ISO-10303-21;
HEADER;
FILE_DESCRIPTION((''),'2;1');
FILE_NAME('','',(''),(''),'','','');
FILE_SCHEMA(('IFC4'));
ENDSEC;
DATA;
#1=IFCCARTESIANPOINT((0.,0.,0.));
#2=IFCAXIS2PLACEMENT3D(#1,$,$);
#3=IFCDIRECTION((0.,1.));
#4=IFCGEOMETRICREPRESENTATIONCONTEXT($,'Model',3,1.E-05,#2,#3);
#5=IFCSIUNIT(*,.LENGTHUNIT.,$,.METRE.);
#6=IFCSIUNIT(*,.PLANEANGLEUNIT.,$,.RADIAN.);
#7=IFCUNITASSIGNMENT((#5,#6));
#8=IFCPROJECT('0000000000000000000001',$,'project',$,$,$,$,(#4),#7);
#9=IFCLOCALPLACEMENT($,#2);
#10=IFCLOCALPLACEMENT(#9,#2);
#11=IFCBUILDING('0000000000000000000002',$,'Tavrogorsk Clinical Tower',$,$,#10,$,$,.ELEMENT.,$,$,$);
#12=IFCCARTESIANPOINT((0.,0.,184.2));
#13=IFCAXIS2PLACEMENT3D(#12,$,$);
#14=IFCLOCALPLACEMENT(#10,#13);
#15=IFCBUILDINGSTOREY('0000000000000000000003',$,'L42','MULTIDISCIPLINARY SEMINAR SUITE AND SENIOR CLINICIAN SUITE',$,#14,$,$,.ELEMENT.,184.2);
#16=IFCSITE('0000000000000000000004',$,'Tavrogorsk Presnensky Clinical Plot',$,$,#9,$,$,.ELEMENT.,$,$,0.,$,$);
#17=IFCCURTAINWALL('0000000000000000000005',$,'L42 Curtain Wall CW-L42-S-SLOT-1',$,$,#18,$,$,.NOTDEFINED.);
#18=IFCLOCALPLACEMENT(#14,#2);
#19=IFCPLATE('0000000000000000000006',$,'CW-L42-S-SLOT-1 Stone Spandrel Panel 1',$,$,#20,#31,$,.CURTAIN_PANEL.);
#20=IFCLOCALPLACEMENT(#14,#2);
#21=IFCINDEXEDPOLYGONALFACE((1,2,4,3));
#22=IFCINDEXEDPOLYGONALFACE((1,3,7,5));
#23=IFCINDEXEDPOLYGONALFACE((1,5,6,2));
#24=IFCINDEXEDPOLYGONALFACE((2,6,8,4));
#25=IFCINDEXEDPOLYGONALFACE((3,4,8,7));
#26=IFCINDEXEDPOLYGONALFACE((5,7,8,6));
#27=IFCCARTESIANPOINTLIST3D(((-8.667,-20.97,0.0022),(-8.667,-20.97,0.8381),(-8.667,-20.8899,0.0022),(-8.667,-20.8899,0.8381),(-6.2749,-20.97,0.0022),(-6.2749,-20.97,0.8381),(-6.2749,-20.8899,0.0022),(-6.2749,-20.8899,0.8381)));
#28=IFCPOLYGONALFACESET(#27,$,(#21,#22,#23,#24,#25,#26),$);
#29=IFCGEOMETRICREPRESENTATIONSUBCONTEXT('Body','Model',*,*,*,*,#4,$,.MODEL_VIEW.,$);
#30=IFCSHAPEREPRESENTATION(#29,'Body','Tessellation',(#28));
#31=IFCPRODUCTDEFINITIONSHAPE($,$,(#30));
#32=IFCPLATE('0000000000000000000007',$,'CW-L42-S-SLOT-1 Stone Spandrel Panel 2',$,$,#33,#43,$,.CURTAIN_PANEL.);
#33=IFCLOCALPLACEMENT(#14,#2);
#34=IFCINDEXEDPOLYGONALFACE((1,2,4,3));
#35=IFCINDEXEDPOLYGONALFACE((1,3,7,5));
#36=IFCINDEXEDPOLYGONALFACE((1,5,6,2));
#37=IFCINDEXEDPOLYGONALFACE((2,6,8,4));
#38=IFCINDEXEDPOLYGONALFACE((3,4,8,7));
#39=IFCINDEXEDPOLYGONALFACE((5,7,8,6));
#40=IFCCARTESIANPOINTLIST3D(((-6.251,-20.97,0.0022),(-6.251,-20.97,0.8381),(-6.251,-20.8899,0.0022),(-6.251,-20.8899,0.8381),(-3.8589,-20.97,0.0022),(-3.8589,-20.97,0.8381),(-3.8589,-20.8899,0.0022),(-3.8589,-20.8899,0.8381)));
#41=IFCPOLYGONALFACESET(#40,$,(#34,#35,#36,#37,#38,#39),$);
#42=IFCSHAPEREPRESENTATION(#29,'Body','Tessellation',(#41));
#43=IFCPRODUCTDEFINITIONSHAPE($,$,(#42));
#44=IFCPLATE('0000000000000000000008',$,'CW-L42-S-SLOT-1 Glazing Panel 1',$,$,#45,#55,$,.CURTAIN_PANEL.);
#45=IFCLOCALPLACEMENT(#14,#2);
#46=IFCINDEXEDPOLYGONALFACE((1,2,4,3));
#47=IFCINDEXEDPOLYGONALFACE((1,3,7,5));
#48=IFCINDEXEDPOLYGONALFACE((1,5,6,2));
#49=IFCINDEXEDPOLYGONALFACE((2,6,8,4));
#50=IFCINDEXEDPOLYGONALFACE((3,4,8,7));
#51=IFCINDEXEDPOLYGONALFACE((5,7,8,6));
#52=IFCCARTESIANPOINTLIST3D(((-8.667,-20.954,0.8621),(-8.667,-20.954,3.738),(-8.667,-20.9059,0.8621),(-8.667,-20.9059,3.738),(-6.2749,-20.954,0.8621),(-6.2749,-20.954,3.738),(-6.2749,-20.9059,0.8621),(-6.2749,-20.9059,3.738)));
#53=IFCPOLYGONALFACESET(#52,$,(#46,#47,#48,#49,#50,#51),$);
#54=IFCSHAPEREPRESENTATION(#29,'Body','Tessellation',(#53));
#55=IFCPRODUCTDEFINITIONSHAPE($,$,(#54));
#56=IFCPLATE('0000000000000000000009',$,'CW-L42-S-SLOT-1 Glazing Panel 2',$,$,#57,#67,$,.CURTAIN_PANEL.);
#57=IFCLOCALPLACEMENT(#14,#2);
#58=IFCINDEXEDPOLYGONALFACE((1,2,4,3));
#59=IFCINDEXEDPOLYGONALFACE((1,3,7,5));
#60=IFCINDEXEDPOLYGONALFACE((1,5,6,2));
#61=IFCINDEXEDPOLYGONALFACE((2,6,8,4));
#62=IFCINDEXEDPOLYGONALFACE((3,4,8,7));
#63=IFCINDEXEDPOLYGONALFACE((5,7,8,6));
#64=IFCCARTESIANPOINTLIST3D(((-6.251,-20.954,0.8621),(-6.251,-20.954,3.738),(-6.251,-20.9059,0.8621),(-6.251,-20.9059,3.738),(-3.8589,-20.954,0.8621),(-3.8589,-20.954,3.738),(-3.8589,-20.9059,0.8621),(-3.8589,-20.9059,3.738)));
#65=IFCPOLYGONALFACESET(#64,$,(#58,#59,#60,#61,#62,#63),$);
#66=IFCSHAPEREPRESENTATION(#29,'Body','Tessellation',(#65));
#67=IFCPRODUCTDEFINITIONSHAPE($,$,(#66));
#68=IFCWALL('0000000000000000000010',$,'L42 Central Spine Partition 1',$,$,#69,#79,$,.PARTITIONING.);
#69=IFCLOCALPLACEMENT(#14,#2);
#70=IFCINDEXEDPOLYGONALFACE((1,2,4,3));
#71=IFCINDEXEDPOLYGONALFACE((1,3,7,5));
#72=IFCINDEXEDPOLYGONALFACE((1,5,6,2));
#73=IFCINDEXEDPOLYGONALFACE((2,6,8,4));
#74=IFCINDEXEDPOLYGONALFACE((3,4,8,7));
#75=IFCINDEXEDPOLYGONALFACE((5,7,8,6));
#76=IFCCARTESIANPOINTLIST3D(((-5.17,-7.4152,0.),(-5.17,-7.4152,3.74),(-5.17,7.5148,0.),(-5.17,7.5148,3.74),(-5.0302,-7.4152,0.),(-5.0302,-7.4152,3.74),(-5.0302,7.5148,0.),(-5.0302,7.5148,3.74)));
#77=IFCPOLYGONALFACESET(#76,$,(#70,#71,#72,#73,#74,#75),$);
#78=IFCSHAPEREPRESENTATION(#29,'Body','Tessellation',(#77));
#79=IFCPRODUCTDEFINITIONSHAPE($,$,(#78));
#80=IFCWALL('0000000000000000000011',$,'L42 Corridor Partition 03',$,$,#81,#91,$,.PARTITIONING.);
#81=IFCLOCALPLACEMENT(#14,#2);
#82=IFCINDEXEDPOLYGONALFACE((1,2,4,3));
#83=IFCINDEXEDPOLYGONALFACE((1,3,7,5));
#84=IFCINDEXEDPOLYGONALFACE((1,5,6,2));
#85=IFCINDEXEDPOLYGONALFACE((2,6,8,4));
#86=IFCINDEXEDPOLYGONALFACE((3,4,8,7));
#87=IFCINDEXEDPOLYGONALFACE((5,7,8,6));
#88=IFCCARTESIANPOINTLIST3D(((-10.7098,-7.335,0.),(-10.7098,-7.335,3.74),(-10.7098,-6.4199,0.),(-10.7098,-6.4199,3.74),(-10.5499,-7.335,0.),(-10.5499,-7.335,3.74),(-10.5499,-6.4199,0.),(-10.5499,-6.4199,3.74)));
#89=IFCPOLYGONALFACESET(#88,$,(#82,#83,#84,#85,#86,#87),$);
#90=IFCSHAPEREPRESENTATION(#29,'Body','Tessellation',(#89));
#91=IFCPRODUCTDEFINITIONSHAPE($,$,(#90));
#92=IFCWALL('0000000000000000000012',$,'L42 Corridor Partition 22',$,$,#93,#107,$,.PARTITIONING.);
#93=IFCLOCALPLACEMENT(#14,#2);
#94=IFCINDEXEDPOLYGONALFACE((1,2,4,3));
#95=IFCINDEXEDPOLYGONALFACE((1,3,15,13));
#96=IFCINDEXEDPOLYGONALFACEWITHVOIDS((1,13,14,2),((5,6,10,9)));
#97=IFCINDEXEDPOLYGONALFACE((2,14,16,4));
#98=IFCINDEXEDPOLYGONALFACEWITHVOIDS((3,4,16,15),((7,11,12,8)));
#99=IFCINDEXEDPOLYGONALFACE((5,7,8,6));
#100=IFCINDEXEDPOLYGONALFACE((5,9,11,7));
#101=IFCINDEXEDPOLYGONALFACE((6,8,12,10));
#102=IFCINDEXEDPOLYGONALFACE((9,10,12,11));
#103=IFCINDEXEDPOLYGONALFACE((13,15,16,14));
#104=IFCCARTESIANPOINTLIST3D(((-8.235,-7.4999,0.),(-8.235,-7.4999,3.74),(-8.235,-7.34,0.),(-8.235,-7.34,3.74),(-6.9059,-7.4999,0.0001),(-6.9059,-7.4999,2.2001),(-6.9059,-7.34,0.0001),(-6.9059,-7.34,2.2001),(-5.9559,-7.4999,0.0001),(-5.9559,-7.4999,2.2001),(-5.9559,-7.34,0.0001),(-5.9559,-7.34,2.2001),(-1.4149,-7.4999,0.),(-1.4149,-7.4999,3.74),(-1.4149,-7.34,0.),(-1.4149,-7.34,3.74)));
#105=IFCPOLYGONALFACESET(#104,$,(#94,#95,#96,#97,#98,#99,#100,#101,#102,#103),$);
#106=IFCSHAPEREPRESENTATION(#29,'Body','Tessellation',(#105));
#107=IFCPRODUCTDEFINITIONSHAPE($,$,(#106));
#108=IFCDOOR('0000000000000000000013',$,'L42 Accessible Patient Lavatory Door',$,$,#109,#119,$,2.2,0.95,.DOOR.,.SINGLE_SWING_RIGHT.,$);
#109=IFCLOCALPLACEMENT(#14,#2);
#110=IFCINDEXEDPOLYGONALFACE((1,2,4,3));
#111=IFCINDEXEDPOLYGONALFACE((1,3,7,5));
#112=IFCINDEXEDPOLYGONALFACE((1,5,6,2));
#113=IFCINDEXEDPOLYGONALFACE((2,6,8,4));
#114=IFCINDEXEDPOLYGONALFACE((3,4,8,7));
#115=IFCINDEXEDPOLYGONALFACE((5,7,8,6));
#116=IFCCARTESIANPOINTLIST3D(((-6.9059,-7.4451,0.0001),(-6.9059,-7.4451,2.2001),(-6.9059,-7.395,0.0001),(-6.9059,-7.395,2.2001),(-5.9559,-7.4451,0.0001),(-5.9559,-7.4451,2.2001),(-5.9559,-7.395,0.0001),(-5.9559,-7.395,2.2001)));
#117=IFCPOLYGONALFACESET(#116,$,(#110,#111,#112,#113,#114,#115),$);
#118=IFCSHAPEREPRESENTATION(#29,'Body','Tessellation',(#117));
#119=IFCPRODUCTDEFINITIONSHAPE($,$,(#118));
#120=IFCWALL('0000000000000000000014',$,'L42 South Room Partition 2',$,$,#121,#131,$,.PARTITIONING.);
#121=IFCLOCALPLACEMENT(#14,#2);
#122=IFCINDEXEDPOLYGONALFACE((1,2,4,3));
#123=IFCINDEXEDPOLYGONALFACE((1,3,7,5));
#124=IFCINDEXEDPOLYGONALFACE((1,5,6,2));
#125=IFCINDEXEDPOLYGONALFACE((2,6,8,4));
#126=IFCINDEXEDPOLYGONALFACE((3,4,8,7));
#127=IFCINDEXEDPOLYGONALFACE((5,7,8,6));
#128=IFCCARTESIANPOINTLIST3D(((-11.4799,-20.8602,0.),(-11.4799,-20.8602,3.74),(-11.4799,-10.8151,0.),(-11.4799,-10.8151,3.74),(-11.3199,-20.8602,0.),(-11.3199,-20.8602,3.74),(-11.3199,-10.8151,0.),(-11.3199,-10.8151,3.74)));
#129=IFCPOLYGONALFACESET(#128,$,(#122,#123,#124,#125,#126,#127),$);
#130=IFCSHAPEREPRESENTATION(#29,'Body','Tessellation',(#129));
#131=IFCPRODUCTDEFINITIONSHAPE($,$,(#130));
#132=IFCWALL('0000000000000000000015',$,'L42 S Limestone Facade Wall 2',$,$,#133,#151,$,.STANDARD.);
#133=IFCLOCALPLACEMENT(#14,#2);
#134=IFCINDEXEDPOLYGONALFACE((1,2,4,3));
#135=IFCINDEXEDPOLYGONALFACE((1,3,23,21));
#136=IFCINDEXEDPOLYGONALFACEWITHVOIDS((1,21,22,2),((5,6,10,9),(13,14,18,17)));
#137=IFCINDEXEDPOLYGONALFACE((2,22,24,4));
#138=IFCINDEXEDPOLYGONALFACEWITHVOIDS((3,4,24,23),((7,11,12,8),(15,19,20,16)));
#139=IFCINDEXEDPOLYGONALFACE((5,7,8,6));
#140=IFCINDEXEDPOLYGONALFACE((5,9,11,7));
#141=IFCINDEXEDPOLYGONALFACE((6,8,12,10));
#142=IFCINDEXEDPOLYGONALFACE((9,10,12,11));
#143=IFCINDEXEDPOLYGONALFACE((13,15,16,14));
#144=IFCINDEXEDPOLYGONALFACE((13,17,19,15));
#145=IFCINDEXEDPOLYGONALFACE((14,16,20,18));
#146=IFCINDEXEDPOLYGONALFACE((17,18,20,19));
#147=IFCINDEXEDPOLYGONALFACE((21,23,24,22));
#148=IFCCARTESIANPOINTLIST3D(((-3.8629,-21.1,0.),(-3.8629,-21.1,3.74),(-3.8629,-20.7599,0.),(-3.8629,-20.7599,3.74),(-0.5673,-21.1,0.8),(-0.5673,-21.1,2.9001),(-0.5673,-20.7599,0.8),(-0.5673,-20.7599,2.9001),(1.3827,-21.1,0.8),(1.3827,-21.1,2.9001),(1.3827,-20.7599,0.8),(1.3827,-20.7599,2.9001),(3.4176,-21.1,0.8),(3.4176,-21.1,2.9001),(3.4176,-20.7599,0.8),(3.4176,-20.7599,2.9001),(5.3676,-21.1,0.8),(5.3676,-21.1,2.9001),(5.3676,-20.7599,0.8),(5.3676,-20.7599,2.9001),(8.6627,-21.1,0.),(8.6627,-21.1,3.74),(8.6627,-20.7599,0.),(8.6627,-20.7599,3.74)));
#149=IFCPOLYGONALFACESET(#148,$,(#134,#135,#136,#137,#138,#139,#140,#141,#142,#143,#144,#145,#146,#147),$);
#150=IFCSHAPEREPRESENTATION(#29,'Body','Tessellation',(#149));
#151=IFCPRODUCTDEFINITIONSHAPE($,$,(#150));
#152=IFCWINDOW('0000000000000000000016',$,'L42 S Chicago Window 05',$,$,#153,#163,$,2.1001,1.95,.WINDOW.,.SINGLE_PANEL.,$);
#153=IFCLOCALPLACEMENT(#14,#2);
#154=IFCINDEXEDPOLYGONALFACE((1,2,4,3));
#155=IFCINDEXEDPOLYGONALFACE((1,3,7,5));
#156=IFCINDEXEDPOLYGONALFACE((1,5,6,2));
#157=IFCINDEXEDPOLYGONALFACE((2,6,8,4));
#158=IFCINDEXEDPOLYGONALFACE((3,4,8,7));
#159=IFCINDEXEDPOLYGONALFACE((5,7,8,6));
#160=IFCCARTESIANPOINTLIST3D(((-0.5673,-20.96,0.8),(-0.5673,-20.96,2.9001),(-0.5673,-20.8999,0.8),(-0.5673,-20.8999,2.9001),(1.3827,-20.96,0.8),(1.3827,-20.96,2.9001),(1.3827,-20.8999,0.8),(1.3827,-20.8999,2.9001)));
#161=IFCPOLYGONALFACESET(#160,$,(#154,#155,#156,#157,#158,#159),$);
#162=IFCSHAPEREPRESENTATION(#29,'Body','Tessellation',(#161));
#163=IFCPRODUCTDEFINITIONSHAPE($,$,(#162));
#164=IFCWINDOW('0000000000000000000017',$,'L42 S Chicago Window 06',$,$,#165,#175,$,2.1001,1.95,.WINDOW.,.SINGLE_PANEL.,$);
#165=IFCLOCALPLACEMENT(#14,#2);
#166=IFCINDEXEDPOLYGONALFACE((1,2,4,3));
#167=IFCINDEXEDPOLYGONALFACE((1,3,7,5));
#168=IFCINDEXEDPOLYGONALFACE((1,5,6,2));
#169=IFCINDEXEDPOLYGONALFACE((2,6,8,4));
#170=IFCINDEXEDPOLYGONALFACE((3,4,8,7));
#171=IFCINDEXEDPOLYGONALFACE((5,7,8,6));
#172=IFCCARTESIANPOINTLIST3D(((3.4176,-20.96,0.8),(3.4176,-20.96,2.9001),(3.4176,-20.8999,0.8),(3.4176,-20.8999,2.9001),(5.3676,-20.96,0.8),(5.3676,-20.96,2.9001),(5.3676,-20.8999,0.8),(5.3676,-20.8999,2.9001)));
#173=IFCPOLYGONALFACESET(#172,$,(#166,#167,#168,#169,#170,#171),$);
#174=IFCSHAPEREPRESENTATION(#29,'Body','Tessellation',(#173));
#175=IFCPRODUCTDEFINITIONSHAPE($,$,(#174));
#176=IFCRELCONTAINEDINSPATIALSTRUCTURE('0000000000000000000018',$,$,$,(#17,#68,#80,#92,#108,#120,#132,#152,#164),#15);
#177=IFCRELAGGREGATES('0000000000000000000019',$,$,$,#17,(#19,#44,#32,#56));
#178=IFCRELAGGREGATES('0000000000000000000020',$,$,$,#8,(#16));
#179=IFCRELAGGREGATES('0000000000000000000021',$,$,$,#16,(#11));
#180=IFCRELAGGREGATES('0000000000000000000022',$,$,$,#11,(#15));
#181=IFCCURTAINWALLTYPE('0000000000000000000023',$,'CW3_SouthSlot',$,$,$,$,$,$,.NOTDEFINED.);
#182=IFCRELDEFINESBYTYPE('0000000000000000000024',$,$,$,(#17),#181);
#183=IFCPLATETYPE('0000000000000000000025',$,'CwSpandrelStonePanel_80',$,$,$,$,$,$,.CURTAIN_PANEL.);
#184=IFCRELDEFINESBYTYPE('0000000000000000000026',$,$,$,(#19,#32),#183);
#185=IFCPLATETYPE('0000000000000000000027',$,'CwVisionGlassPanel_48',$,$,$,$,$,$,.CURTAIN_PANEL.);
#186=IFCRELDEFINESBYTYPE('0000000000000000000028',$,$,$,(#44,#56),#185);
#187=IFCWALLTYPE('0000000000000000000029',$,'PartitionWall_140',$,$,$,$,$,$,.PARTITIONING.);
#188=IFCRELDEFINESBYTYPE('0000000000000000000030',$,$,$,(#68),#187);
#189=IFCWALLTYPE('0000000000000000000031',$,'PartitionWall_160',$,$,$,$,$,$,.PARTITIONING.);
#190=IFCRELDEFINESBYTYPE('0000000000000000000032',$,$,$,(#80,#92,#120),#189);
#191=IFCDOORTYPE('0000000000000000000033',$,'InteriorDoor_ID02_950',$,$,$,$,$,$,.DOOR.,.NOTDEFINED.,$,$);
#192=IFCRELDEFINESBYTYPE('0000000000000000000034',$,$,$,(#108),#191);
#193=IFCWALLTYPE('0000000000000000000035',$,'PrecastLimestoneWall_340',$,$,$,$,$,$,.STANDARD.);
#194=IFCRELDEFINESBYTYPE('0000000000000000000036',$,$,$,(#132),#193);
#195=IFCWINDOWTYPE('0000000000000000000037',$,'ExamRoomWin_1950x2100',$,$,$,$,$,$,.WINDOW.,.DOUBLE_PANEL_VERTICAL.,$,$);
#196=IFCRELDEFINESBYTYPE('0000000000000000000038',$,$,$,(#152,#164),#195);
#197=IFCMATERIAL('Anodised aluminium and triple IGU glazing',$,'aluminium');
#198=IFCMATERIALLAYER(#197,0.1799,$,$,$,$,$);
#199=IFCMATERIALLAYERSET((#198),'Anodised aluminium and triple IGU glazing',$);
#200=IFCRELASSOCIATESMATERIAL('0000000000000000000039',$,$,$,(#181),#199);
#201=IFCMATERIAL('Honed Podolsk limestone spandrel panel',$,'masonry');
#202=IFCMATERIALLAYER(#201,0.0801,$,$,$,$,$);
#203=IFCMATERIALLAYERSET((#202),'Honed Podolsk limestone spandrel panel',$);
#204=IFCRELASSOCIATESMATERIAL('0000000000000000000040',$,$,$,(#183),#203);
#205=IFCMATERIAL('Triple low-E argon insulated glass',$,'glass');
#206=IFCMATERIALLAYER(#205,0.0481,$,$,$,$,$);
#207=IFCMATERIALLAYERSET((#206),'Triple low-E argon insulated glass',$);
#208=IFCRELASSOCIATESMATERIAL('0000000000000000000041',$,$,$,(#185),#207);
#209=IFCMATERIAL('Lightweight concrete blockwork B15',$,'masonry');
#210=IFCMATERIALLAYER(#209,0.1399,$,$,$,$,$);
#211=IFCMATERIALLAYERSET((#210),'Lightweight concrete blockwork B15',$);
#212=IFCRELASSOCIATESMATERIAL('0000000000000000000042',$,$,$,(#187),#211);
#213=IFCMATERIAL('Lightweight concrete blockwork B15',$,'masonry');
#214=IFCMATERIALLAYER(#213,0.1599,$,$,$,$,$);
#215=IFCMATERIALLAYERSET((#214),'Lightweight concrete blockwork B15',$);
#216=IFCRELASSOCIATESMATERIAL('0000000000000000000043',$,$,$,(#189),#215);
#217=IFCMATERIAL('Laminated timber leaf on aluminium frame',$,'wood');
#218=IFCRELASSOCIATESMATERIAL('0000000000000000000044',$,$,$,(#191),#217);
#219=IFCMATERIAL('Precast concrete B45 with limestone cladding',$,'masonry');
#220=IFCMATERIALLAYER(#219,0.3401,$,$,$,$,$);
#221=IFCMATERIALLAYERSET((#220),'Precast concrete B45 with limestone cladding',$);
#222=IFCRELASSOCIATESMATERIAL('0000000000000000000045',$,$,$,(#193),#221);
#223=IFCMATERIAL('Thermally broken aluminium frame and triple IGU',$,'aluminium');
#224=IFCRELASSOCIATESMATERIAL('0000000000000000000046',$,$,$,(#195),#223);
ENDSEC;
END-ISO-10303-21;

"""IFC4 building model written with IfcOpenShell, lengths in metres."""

from ifc_helpers import new_model, si_unit, direction, frame, frame_2d, origin, origin_2d, place, context, subcontext, project, spatial, rectangle, extrude, material, layer, layer_set, type_object, element, fill, aggregate, save


model = new_model("IFC4")

# Units and contexts
model_context = context("Model", 3, precision=1e-05, world=origin(), true_north=direction((0.0, 1.0)))
body_context = subcontext(model_context, "Body", "Model", "MODEL_VIEW")
ifc_project = project(units=[si_unit("LENGTHUNIT", "METRE"), si_unit("PLANEANGLEUNIT", "RADIAN")], contexts=[model_context])

# Site, building, storey
site_placement = place(None, origin())
site = spatial("IfcSite", under=ifc_project, at=site_placement, Name="Tavrogorsk Presnensky Clinical Plot", CompositionType="ELEMENT", RefElevation=0.0)
building_placement = place(site_placement, origin())
building = spatial("IfcBuilding", under=site, at=building_placement, Name="Tavrogorsk Clinical Tower", CompositionType="ELEMENT")
storey_placement = place(building_placement, frame((0.0, 0.0, 184.2)))
storey = spatial("IfcBuildingStorey", under=building, at=storey_placement, Name="L42", Description="MULTIDISCIPLINARY SEMINAR SUITE AND SENIOR CLINICIAN SUITE", CompositionType="ELEMENT", Elevation=184.2)

# Curtain wall
ifc_material_1 = material(Name="Anodised aluminium and triple IGU glazing", Category="aluminium")
ifc_layer_1 = layer(ifc_material_1, 0.1799)
ifc_layer_set_1 = layer_set([ifc_layer_1], Name="Anodised aluminium and triple IGU glazing")
curtain_wall_type = type_object("IfcCurtainWallType", Name="CW3_SouthSlot", PredefinedType="NOTDEFINED", material=ifc_layer_set_1)
curtain_wall_placement = place(storey_placement, origin())
curtain_wall = element("IfcCurtainWall", 1, at=curtain_wall_placement, inside=storey, type_object=curtain_wall_type, Name="L42 Curtain Wall CW-L42-S-SLOT-1", PredefinedType="NOTDEFINED")

# Plates
ifc_material_2 = material(Name="Honed Podolsk limestone spandrel panel", Category="masonry")
ifc_layer_2 = layer(ifc_material_2, 0.0801)
ifc_layer_set_2 = layer_set([ifc_layer_2], Name="Honed Podolsk limestone spandrel panel")
plate_type_1 = type_object("IfcPlateType", Name="CwSpandrelStonePanel_80", PredefinedType="CURTAIN_PANEL", material=ifc_layer_set_2)
plate_1_placement = place(storey_placement, frame((-7.4709, -20.9299, 0.0022), z_axis=(0.0, 0.0, 1.0), x_axis=(1.0, 0.0, 0.0)))
plate_1 = element("IfcPlate", 2, at=plate_1_placement, type_object=plate_type_1, Name="CW-L42-S-SLOT-1 Stone Spandrel Panel 1", PredefinedType="CURTAIN_PANEL", context=body_context, shape_type="SweptSolid", body=[
    extrude(rectangle(XDim=2.3921, YDim=0.0801, at=origin_2d()), origin(), (0.0, 0.0, 1.0), 0.8359),
])
plate_2_placement = place(storey_placement, frame((-5.0549, -20.9299, 0.0022), z_axis=(0.0, 0.0, 1.0), x_axis=(1.0, 0.0, 0.0)))
plate_2 = element("IfcPlate", 3, at=plate_2_placement, type_object=plate_type_1, Name="CW-L42-S-SLOT-1 Stone Spandrel Panel 2", PredefinedType="CURTAIN_PANEL", context=body_context, shape_type="SweptSolid", body=[
    extrude(rectangle(XDim=2.3921, YDim=0.0801, at=origin_2d()), origin(), (0.0, 0.0, 1.0), 0.8359),
])
ifc_material_3 = material(Name="Triple low-E argon insulated glass", Category="glass")
ifc_layer_3 = layer(ifc_material_3, 0.0481)
ifc_layer_set_3 = layer_set([ifc_layer_3], Name="Triple low-E argon insulated glass")
plate_type_2 = type_object("IfcPlateType", Name="CwVisionGlassPanel_48", PredefinedType="CURTAIN_PANEL", material=ifc_layer_set_3)
plate_3_placement = place(storey_placement, frame((-7.4709, -20.9299, 0.8621), z_axis=(0.0, 0.0, 1.0), x_axis=(1.0, 0.0, 0.0)))
plate_3 = element("IfcPlate", 4, at=plate_3_placement, type_object=plate_type_2, Name="CW-L42-S-SLOT-1 Glazing Panel 1", PredefinedType="CURTAIN_PANEL", context=body_context, shape_type="SweptSolid", body=[
    extrude(rectangle(XDim=2.3921, YDim=0.0481, at=origin_2d()), origin(), (0.0, 0.0, 1.0), 2.876),
])
plate_4_placement = place(storey_placement, frame((-5.0549, -20.9299, 0.8621), z_axis=(0.0, 0.0, 1.0), x_axis=(1.0, 0.0, 0.0)))
plate_4 = element("IfcPlate", 5, at=plate_4_placement, type_object=plate_type_2, Name="CW-L42-S-SLOT-1 Glazing Panel 2", PredefinedType="CURTAIN_PANEL", context=body_context, shape_type="SweptSolid", body=[
    extrude(rectangle(XDim=2.3921, YDim=0.0481, at=origin_2d()), origin(), (0.0, 0.0, 1.0), 2.876),
])
aggregate(curtain_wall, [plate_1, plate_3, plate_2, plate_4])

# Walls
ifc_material_4 = material(Name="Lightweight concrete blockwork B15", Category="masonry")
ifc_layer_4 = layer(ifc_material_4, 0.1399)
ifc_layer_set_4 = layer_set([ifc_layer_4], Name="Lightweight concrete blockwork B15")
wall_type_1 = type_object("IfcWallType", Name="PartitionWall_140", PredefinedType="PARTITIONING", material=ifc_layer_set_4)
wall_1_placement = place(storey_placement, frame((-5.1001, -7.415, 0.0), z_axis=(0.0, 0.0, 1.0), x_axis=(0.0, 1.0, 0.0)))
element("IfcWall", 6, at=wall_1_placement, inside=storey, type_object=wall_type_1, Name="L42 Central Spine Partition 1", PredefinedType="PARTITIONING", context=body_context, shape_type="SweptSolid", body=[
    extrude(rectangle(XDim=14.9299, YDim=0.1399, at=frame_2d((7.4648, 0.0))), origin(), (0.0, 0.0, 1.0), 3.74),
])
ifc_material_5 = material(Name="Lightweight concrete blockwork B15", Category="masonry")
ifc_layer_5 = layer(ifc_material_5, 0.1599)
ifc_layer_set_5 = layer_set([ifc_layer_5], Name="Lightweight concrete blockwork B15")
wall_type_2 = type_object("IfcWallType", Name="PartitionWall_160", PredefinedType="PARTITIONING", material=ifc_layer_set_5)
wall_2_placement = place(storey_placement, frame((-10.6299, -7.335, 0.0), z_axis=(0.0, 0.0, 1.0), x_axis=(0.0, 1.0, 0.0)))
element("IfcWall", 7, at=wall_2_placement, inside=storey, type_object=wall_type_2, Name="L42 Corridor Partition 03", PredefinedType="PARTITIONING", context=body_context, shape_type="SweptSolid", body=[
    extrude(rectangle(XDim=0.915, YDim=0.1599, at=frame_2d((0.4575, 0.0))), origin(), (0.0, 0.0, 1.0), 3.74),
])

# Wall, opening, door
wall_3_placement = place(storey_placement, frame((-8.2351, -7.4199, 0.0), z_axis=(0.0, 0.0, 1.0), x_axis=(1.0, 0.0, 0.0)))
wall_3 = element("IfcWall", 8, at=wall_3_placement, inside=storey, type_object=wall_type_2, Name="L42 Corridor Partition 22", PredefinedType="PARTITIONING", context=body_context, shape_type="SweptSolid", body=[
    extrude(rectangle(XDim=6.8201, YDim=0.1599, at=frame_2d((3.4102, 0.0))), origin(), (0.0, 0.0, 1.0), 3.74),
])
opening_1_placement = place(wall_3_placement, frame((1.3291, 0.0, 0.0)))
opening_1 = element("IfcOpeningElement", 9, at=opening_1_placement, cuts=wall_3, PredefinedType="OPENING", context=body_context, shape_type="SweptSolid", body=[
    extrude(rectangle(XDim=0.95, YDim=2.2, at=frame_2d((0.4751, 1.1001))), frame((0.0, 0.0898, 0.0), z_axis=(0.0, -1.0, 0.0), x_axis=(1.0, 0.0, 0.0)), (0.0, 0.0, 1.0), 0.1799),
])
ifc_material_6 = material(Name="Laminated timber leaf on aluminium frame", Category="wood")
door_type = type_object("IfcDoorType", Name="InteriorDoor_ID02_950", OperationType="NOTDEFINED", PredefinedType="DOOR", material=ifc_material_6)
door_placement = place(opening_1_placement, origin())
door = element("IfcDoor", 10, at=door_placement, inside=storey, type_object=door_type, Name="L42 Accessible Patient Lavatory Door", OperationType="SINGLE_SWING_RIGHT", OverallHeight=2.2, OverallWidth=0.95, PredefinedType="DOOR", context=body_context, shape_type="SweptSolid", body=[
    extrude(rectangle(XDim=0.95, YDim=2.2, at=frame_2d((0.4751, 1.1001))), frame((0.0, 0.0249, 0.0), z_axis=(0.0, -1.0, 0.0), x_axis=(1.0, 0.0, 0.0)), (0.0, 0.0, 1.0), 0.05),
])
fill(opening_1, door)

# Wall
wall_4_placement = place(storey_placement, frame((-11.3999, -20.8601, 0.0), z_axis=(0.0, 0.0, 1.0), x_axis=(0.0, 1.0, 0.0)))
element("IfcWall", 11, at=wall_4_placement, inside=storey, type_object=wall_type_2, Name="L42 South Room Partition 2", PredefinedType="PARTITIONING", context=body_context, shape_type="SweptSolid", body=[
    extrude(rectangle(XDim=10.0452, YDim=0.1599, at=frame_2d((5.0225, 0.0))), origin(), (0.0, 0.0, 1.0), 3.74),
])

# Wall, openings, windows
ifc_material_7 = material(Name="Precast concrete B45 with limestone cladding", Category="masonry")
ifc_layer_6 = layer(ifc_material_7, 0.3401)
ifc_layer_set_6 = layer_set([ifc_layer_6], Name="Precast concrete B45 with limestone cladding")
wall_type_3 = type_object("IfcWallType", Name="PrecastLimestoneWall_340", PredefinedType="STANDARD", material=ifc_layer_set_6)
wall_5_placement = place(storey_placement, frame((-3.8628, -20.9299, 0.0), z_axis=(0.0, 0.0, 1.0), x_axis=(1.0, 0.0, 0.0)))
wall_5 = element("IfcWall", 12, at=wall_5_placement, inside=storey, type_object=wall_type_3, Name="L42 S Limestone Facade Wall 2", PredefinedType="STANDARD", context=body_context, shape_type="SweptSolid", body=[
    extrude(rectangle(XDim=12.5256, YDim=0.3401, at=frame_2d((6.2627, 0.0))), origin(), (0.0, 0.0, 1.0), 3.74),
])
opening_2_placement = place(wall_5_placement, frame((3.2954, 0.0, 0.8)))
opening_2 = element("IfcOpeningElement", 13, at=opening_2_placement, cuts=wall_5, PredefinedType="OPENING", context=body_context, shape_type="SweptSolid", body=[
    extrude(rectangle(XDim=1.95, YDim=2.1001, at=frame_2d((0.9751, 1.05))), frame((0.0, 0.1799, 0.0), z_axis=(0.0, -1.0, 0.0), x_axis=(1.0, 0.0, 0.0)), (0.0, 0.0, 1.0), 0.3601),
])
opening_3_placement = place(wall_5_placement, frame((7.2803, 0.0, 0.8)))
opening_3 = element("IfcOpeningElement", 14, at=opening_3_placement, cuts=wall_5, PredefinedType="OPENING", context=body_context, shape_type="SweptSolid", body=[
    extrude(rectangle(XDim=1.95, YDim=2.1001, at=frame_2d((0.9751, 1.05))), frame((0.0, 0.1799, 0.0), z_axis=(0.0, -1.0, 0.0), x_axis=(1.0, 0.0, 0.0)), (0.0, 0.0, 1.0), 0.3601),
])
ifc_material_8 = material(Name="Thermally broken aluminium frame and triple IGU", Category="aluminium")
window_type = type_object("IfcWindowType", Name="ExamRoomWin_1950x2100", PartitioningType="DOUBLE_PANEL_VERTICAL", PredefinedType="WINDOW", material=ifc_material_8)
window_1_placement = place(opening_2_placement, origin())
window_1 = element("IfcWindow", 15, at=window_1_placement, inside=storey, type_object=window_type, Name="L42 S Chicago Window 05", OverallHeight=2.1001, OverallWidth=1.95, PartitioningType="SINGLE_PANEL", PredefinedType="WINDOW", context=body_context, shape_type="SweptSolid", body=[
    extrude(rectangle(XDim=1.95, YDim=2.1001, at=frame_2d((0.9751, 1.05))), frame((0.0, 0.03, 0.0), z_axis=(0.0, -1.0, 0.0), x_axis=(1.0, 0.0, 0.0)), (0.0, 0.0, 1.0), 0.0601),
])
fill(opening_2, window_1)
window_2_placement = place(opening_3_placement, origin())
window_2 = element("IfcWindow", 16, at=window_2_placement, inside=storey, type_object=window_type, Name="L42 S Chicago Window 06", OverallHeight=2.1001, OverallWidth=1.95, PartitioningType="SINGLE_PANEL", PredefinedType="WINDOW", context=body_context, shape_type="SweptSolid", body=[
    extrude(rectangle(XDim=1.95, YDim=2.1001, at=frame_2d((0.9751, 1.05))), frame((0.0, 0.03, 0.0), z_axis=(0.0, -1.0, 0.0), x_axis=(1.0, 0.0, 0.0)), (0.0, 0.0, 1.0), 0.0601),
])
fill(opening_3, window_2)

save(model, "model.ifc")
